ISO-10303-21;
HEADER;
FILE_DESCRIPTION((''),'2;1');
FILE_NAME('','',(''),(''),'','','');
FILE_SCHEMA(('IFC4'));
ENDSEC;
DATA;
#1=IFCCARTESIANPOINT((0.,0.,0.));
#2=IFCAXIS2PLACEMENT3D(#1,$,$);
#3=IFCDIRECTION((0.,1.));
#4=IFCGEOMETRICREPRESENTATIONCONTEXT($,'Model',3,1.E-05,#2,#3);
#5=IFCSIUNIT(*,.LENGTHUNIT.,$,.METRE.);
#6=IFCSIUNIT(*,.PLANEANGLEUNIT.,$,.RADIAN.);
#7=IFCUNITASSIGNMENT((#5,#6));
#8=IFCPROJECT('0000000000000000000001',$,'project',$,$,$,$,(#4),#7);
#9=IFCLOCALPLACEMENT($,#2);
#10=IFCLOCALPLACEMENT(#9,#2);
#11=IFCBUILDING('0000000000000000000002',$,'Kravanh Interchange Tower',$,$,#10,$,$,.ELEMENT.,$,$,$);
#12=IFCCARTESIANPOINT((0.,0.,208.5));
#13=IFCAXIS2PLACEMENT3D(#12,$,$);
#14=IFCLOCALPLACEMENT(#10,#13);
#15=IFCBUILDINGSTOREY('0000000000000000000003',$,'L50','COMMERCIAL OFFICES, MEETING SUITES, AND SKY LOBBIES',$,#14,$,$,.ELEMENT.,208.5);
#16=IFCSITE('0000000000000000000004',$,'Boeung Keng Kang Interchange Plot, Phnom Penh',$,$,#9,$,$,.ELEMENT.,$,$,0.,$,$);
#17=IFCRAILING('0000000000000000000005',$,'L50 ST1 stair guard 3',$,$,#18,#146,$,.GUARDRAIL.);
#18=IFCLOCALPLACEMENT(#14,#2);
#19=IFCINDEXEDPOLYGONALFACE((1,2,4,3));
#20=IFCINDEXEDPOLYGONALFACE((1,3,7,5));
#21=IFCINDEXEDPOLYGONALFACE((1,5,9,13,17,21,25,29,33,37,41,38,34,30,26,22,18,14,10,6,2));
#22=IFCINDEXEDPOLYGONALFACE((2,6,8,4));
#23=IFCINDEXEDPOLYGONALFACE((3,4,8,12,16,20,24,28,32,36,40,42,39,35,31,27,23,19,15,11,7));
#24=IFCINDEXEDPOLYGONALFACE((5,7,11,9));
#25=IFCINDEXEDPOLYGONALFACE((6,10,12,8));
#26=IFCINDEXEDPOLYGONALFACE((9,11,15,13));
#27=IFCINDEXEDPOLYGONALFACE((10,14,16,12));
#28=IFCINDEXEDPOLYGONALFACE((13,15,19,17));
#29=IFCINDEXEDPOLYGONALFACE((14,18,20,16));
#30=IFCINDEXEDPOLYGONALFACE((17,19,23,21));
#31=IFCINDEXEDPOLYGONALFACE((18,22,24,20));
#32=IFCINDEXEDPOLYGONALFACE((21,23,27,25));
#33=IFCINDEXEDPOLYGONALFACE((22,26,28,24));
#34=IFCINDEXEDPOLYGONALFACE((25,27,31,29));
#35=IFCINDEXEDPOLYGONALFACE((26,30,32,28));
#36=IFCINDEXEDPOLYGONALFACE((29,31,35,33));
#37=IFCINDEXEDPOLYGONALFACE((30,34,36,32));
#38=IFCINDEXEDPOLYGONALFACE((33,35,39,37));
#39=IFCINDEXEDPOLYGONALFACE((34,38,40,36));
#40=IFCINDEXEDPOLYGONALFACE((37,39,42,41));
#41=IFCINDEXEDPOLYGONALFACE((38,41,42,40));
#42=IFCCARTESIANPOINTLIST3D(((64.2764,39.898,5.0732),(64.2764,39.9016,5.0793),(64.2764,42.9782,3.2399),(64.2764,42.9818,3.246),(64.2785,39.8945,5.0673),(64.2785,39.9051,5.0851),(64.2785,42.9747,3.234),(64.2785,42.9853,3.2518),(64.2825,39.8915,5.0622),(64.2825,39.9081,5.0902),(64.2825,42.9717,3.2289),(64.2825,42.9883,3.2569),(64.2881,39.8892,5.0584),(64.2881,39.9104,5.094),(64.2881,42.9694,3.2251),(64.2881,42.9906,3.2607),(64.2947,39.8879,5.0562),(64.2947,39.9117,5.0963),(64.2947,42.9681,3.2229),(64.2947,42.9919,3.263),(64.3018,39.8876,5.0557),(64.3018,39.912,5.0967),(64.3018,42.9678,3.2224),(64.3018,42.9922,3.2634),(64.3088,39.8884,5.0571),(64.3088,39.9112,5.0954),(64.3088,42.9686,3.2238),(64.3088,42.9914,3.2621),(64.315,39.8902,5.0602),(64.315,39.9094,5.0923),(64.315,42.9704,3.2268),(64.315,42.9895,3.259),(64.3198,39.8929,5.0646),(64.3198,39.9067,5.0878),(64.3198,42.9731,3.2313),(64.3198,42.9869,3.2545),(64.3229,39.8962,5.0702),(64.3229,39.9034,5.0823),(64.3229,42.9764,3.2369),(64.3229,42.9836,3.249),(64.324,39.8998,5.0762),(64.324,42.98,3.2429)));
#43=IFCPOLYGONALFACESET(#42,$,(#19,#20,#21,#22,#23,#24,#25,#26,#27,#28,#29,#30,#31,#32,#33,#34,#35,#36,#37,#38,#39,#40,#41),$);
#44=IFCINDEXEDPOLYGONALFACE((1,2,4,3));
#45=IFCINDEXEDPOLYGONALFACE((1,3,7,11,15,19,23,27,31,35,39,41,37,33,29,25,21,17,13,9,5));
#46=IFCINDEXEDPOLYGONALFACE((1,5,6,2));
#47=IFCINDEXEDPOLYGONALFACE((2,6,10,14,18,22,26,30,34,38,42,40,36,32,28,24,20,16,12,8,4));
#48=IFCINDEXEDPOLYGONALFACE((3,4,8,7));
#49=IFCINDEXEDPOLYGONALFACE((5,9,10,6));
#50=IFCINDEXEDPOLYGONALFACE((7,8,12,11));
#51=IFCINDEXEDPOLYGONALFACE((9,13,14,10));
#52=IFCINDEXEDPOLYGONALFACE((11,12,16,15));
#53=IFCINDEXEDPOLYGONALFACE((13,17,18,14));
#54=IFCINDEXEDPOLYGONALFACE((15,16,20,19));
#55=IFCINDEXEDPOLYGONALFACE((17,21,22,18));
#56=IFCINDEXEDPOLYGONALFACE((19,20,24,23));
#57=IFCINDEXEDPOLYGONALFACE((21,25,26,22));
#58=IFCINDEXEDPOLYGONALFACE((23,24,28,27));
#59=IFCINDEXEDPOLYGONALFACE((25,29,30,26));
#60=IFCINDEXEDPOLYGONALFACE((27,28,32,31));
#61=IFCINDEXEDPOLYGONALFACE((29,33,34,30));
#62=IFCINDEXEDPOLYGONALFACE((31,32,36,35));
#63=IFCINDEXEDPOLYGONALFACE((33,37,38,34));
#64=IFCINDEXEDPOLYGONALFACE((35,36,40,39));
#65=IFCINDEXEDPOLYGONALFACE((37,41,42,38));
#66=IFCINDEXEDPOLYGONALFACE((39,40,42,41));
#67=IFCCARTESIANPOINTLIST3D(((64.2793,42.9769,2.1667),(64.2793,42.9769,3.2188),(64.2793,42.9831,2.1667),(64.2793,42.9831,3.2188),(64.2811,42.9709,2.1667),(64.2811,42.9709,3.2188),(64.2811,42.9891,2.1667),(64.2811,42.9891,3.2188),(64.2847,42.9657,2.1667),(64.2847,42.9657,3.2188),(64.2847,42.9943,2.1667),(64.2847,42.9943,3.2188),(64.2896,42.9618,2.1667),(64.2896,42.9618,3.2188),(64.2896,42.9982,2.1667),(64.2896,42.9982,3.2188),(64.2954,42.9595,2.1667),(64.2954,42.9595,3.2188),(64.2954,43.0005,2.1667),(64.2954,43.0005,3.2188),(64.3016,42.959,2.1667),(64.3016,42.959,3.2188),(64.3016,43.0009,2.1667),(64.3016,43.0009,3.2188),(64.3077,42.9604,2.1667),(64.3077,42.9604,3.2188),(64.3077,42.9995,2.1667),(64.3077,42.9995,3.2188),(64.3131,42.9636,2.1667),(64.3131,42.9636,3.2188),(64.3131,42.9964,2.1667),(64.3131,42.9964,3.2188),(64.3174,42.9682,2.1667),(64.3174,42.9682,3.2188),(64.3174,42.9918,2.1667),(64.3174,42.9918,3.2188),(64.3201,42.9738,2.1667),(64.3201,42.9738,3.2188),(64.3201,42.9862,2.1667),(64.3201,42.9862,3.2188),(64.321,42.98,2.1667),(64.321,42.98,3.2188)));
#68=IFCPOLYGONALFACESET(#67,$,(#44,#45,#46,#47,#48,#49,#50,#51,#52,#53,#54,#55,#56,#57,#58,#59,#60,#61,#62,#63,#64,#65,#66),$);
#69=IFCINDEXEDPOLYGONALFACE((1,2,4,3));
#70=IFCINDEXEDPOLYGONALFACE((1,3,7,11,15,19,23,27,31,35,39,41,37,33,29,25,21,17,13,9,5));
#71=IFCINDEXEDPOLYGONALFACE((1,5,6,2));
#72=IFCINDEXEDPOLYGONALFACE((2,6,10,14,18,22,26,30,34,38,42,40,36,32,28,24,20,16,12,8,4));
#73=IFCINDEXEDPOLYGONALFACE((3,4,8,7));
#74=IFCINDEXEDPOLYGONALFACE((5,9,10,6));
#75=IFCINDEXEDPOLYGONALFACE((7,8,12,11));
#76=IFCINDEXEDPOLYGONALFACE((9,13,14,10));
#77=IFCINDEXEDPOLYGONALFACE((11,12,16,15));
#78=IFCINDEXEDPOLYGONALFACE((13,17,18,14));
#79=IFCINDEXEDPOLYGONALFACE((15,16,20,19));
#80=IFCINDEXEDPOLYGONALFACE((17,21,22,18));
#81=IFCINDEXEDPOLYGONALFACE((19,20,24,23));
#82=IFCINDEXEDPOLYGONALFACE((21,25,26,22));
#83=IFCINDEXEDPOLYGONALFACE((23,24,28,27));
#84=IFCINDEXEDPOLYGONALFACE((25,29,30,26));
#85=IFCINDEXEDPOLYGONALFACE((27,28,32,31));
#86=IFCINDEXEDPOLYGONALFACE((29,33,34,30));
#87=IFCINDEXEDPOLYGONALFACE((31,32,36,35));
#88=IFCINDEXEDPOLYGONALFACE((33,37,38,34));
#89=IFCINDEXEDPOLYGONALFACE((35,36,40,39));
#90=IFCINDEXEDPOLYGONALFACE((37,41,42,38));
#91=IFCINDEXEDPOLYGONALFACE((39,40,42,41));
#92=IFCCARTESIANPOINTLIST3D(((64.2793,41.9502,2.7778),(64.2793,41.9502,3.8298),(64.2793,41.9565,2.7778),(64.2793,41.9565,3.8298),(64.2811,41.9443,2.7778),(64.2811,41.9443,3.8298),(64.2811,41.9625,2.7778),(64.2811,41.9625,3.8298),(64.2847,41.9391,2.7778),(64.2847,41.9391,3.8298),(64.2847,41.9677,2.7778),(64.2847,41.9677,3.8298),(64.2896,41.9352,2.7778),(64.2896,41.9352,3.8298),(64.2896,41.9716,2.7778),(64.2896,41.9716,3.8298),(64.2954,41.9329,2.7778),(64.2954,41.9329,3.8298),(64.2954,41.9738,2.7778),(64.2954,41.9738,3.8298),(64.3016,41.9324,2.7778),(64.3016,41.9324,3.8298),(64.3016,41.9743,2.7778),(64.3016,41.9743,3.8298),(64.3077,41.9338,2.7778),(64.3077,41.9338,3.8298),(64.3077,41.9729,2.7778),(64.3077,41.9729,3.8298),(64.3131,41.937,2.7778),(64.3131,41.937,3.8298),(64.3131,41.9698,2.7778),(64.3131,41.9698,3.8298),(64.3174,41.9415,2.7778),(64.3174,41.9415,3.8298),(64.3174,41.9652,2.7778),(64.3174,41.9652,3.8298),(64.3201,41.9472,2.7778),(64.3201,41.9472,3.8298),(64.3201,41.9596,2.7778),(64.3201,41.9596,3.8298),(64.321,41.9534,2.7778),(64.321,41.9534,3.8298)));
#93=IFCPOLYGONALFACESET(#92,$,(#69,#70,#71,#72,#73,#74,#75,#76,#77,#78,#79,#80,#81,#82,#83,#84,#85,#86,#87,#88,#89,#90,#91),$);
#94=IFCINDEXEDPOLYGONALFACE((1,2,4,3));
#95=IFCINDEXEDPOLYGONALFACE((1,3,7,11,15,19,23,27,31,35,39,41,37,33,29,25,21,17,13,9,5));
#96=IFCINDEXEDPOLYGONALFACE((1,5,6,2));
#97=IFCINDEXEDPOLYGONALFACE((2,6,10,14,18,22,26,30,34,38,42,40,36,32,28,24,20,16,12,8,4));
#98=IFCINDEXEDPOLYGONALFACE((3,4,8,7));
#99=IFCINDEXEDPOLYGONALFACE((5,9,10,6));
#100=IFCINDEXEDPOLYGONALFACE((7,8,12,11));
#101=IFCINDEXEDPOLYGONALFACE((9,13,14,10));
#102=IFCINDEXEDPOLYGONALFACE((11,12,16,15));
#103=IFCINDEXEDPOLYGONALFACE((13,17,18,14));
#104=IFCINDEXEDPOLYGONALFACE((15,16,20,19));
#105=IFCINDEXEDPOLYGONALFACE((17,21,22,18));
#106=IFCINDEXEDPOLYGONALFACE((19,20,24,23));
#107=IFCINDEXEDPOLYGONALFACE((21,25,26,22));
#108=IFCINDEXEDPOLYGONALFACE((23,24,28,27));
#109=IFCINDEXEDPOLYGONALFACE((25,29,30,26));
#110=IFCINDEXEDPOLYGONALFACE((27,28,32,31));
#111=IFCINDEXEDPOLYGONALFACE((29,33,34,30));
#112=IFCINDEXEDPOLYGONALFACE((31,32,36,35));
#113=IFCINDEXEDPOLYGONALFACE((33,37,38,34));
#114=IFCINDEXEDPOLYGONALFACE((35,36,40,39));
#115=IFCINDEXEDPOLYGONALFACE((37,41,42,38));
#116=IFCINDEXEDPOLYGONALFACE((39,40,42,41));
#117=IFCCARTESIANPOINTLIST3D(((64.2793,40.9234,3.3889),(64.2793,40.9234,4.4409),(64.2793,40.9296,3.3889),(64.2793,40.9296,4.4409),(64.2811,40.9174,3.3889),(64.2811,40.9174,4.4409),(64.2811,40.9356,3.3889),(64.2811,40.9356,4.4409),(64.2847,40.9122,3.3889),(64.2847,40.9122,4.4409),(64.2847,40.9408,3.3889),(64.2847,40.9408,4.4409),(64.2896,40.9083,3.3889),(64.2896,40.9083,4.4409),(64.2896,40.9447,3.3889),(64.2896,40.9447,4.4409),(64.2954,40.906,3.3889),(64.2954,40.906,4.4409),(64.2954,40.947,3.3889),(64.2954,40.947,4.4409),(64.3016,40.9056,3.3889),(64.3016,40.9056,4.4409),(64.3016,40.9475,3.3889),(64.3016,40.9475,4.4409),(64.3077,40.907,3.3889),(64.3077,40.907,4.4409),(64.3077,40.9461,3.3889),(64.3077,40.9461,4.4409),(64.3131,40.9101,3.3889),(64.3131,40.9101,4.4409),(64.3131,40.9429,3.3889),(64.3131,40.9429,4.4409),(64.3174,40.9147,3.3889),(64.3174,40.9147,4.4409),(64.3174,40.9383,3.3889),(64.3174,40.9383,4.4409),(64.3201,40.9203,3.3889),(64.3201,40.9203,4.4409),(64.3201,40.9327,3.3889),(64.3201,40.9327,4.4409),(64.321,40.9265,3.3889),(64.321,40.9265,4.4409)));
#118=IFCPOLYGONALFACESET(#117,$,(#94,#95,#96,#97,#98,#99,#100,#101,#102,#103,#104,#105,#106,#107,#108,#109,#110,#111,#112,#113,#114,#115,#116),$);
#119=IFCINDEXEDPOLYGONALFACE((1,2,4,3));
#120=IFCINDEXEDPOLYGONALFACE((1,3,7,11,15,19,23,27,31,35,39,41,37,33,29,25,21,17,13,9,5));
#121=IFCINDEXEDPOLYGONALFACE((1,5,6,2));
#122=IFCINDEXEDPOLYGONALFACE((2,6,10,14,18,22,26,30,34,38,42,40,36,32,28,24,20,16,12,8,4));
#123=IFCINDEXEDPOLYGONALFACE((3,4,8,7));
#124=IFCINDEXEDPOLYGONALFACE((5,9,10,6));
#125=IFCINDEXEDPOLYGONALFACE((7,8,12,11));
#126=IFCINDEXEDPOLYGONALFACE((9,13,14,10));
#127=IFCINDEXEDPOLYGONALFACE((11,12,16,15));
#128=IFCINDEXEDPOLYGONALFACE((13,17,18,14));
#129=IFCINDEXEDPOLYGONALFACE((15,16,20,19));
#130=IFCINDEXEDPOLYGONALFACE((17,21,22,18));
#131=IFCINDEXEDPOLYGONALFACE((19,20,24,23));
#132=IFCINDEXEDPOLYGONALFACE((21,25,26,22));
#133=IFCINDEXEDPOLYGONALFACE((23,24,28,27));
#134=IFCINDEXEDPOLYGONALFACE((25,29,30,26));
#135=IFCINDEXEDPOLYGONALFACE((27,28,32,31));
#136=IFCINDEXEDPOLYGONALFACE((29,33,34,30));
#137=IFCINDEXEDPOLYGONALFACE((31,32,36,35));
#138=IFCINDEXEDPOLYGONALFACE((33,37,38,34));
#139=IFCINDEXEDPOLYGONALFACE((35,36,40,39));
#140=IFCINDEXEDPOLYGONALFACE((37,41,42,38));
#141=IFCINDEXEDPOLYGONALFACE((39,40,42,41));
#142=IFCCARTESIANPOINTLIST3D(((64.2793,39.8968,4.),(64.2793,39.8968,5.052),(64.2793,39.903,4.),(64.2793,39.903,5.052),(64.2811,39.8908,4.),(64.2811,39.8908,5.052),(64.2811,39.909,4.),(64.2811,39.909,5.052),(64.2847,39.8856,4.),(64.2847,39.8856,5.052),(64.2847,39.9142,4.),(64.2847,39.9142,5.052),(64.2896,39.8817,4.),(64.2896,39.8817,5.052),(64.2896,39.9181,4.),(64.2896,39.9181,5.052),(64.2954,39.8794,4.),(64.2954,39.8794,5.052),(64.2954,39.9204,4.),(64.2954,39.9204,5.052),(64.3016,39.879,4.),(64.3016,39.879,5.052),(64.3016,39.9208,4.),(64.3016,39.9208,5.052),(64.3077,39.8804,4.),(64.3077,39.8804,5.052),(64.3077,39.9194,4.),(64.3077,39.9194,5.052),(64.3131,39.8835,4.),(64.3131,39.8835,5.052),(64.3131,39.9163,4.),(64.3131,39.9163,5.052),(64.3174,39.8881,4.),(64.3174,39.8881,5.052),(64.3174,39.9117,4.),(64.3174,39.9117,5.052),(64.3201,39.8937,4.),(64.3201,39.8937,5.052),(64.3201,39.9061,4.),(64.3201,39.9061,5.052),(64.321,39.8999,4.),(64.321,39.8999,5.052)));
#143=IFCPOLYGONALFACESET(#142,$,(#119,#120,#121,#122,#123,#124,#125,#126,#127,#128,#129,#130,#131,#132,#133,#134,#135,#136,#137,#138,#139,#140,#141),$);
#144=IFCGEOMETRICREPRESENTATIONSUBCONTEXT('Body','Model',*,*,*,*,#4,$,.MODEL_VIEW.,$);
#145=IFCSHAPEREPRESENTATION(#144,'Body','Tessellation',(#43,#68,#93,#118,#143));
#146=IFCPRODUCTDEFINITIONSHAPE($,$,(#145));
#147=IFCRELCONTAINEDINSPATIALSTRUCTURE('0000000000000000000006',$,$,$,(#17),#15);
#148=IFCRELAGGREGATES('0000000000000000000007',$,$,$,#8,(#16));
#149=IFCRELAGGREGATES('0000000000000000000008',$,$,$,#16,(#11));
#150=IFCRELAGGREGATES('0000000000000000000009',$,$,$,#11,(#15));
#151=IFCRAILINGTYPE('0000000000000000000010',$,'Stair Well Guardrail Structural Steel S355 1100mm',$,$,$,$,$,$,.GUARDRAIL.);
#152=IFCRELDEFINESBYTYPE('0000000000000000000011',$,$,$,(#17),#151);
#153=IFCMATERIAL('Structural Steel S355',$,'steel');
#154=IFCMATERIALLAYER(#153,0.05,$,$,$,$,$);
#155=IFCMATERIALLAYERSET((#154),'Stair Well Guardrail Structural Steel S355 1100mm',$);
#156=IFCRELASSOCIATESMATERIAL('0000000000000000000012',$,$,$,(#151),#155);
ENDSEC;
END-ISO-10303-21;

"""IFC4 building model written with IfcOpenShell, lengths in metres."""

from ifc_helpers import new_model, si_unit, direction, frame, origin, origin_2d, place, context, subcontext, project, spatial, circle, extrude, material, layer, layer_set, type_object, element, save


model = new_model("IFC4")

# Units and contexts
model_context = context("Model", 3, precision=1e-05, world=origin(), true_north=direction((0.0, 1.0)))
body_context = subcontext(model_context, "Body", "Model", "MODEL_VIEW")
ifc_project = project(units=[si_unit("LENGTHUNIT", "METRE"), si_unit("PLANEANGLEUNIT", "RADIAN")], contexts=[model_context])

# Site, building, storey
site_placement = place(None, origin())
site = spatial("IfcSite", under=ifc_project, at=site_placement, Name="Boeung Keng Kang Interchange Plot, Phnom Penh", CompositionType="ELEMENT", RefElevation=0.0)
building_placement = place(site_placement, origin())
building = spatial("IfcBuilding", under=site, at=building_placement, Name="Kravanh Interchange Tower", CompositionType="ELEMENT")
storey_placement = place(building_placement, frame((0.0, 0.0, 208.5)))
storey = spatial("IfcBuildingStorey", under=building, at=storey_placement, Name="L50", Description="COMMERCIAL OFFICES, MEETING SUITES, AND SKY LOBBIES", CompositionType="ELEMENT", Elevation=208.5)

# Railing
ifc_material_1 = material(Name="Structural Steel S355", Category="steel")
ifc_layer_1 = layer(ifc_material_1, 0.05)
ifc_layer_set_1 = layer_set([ifc_layer_1], Name="Stair Well Guardrail Structural Steel S355 1100mm")
railing_type_1 = type_object("IfcRailingType", Name="Stair Well Guardrail Structural Steel S355 1100mm", PredefinedType="GUARDRAIL", material=ifc_layer_set_1)
railing_1_placement = place(storey_placement, frame((64.3, 42.98, 2.1667)))
element("IfcRailing", 1, at=railing_1_placement, inside=storey, type_object=railing_type_1, Name="L50 ST1 stair guard 3", PredefinedType="GUARDRAIL", context=body_context, shape_type="SweptSolid", body=[
    extrude(circle(Radius=0.0239, at=origin_2d()), frame((0.0, 0.0, 1.0762), z_axis=(0.0, -0.859309, 0.511458), x_axis=(1.0, 0.0, 0.0)), (0.0, 0.0, 1.0), 3.5845),
    extrude(circle(Radius=0.021, at=origin_2d()), origin(), (0.0, 0.0, 1.0), 1.052),
    extrude(circle(Radius=0.021, at=origin_2d()), frame((0.0, -1.0266, 0.6111)), (0.0, 0.0, 1.0), 1.052),
    extrude(circle(Radius=0.021, at=origin_2d()), frame((0.0, -2.0535, 1.2222)), (0.0, 0.0, 1.0), 1.052),
    extrude(circle(Radius=0.021, at=origin_2d()), frame((0.0, -3.0801, 1.8333)), (0.0, 0.0, 1.0), 1.052),
])

save(model, "model.ifc")
